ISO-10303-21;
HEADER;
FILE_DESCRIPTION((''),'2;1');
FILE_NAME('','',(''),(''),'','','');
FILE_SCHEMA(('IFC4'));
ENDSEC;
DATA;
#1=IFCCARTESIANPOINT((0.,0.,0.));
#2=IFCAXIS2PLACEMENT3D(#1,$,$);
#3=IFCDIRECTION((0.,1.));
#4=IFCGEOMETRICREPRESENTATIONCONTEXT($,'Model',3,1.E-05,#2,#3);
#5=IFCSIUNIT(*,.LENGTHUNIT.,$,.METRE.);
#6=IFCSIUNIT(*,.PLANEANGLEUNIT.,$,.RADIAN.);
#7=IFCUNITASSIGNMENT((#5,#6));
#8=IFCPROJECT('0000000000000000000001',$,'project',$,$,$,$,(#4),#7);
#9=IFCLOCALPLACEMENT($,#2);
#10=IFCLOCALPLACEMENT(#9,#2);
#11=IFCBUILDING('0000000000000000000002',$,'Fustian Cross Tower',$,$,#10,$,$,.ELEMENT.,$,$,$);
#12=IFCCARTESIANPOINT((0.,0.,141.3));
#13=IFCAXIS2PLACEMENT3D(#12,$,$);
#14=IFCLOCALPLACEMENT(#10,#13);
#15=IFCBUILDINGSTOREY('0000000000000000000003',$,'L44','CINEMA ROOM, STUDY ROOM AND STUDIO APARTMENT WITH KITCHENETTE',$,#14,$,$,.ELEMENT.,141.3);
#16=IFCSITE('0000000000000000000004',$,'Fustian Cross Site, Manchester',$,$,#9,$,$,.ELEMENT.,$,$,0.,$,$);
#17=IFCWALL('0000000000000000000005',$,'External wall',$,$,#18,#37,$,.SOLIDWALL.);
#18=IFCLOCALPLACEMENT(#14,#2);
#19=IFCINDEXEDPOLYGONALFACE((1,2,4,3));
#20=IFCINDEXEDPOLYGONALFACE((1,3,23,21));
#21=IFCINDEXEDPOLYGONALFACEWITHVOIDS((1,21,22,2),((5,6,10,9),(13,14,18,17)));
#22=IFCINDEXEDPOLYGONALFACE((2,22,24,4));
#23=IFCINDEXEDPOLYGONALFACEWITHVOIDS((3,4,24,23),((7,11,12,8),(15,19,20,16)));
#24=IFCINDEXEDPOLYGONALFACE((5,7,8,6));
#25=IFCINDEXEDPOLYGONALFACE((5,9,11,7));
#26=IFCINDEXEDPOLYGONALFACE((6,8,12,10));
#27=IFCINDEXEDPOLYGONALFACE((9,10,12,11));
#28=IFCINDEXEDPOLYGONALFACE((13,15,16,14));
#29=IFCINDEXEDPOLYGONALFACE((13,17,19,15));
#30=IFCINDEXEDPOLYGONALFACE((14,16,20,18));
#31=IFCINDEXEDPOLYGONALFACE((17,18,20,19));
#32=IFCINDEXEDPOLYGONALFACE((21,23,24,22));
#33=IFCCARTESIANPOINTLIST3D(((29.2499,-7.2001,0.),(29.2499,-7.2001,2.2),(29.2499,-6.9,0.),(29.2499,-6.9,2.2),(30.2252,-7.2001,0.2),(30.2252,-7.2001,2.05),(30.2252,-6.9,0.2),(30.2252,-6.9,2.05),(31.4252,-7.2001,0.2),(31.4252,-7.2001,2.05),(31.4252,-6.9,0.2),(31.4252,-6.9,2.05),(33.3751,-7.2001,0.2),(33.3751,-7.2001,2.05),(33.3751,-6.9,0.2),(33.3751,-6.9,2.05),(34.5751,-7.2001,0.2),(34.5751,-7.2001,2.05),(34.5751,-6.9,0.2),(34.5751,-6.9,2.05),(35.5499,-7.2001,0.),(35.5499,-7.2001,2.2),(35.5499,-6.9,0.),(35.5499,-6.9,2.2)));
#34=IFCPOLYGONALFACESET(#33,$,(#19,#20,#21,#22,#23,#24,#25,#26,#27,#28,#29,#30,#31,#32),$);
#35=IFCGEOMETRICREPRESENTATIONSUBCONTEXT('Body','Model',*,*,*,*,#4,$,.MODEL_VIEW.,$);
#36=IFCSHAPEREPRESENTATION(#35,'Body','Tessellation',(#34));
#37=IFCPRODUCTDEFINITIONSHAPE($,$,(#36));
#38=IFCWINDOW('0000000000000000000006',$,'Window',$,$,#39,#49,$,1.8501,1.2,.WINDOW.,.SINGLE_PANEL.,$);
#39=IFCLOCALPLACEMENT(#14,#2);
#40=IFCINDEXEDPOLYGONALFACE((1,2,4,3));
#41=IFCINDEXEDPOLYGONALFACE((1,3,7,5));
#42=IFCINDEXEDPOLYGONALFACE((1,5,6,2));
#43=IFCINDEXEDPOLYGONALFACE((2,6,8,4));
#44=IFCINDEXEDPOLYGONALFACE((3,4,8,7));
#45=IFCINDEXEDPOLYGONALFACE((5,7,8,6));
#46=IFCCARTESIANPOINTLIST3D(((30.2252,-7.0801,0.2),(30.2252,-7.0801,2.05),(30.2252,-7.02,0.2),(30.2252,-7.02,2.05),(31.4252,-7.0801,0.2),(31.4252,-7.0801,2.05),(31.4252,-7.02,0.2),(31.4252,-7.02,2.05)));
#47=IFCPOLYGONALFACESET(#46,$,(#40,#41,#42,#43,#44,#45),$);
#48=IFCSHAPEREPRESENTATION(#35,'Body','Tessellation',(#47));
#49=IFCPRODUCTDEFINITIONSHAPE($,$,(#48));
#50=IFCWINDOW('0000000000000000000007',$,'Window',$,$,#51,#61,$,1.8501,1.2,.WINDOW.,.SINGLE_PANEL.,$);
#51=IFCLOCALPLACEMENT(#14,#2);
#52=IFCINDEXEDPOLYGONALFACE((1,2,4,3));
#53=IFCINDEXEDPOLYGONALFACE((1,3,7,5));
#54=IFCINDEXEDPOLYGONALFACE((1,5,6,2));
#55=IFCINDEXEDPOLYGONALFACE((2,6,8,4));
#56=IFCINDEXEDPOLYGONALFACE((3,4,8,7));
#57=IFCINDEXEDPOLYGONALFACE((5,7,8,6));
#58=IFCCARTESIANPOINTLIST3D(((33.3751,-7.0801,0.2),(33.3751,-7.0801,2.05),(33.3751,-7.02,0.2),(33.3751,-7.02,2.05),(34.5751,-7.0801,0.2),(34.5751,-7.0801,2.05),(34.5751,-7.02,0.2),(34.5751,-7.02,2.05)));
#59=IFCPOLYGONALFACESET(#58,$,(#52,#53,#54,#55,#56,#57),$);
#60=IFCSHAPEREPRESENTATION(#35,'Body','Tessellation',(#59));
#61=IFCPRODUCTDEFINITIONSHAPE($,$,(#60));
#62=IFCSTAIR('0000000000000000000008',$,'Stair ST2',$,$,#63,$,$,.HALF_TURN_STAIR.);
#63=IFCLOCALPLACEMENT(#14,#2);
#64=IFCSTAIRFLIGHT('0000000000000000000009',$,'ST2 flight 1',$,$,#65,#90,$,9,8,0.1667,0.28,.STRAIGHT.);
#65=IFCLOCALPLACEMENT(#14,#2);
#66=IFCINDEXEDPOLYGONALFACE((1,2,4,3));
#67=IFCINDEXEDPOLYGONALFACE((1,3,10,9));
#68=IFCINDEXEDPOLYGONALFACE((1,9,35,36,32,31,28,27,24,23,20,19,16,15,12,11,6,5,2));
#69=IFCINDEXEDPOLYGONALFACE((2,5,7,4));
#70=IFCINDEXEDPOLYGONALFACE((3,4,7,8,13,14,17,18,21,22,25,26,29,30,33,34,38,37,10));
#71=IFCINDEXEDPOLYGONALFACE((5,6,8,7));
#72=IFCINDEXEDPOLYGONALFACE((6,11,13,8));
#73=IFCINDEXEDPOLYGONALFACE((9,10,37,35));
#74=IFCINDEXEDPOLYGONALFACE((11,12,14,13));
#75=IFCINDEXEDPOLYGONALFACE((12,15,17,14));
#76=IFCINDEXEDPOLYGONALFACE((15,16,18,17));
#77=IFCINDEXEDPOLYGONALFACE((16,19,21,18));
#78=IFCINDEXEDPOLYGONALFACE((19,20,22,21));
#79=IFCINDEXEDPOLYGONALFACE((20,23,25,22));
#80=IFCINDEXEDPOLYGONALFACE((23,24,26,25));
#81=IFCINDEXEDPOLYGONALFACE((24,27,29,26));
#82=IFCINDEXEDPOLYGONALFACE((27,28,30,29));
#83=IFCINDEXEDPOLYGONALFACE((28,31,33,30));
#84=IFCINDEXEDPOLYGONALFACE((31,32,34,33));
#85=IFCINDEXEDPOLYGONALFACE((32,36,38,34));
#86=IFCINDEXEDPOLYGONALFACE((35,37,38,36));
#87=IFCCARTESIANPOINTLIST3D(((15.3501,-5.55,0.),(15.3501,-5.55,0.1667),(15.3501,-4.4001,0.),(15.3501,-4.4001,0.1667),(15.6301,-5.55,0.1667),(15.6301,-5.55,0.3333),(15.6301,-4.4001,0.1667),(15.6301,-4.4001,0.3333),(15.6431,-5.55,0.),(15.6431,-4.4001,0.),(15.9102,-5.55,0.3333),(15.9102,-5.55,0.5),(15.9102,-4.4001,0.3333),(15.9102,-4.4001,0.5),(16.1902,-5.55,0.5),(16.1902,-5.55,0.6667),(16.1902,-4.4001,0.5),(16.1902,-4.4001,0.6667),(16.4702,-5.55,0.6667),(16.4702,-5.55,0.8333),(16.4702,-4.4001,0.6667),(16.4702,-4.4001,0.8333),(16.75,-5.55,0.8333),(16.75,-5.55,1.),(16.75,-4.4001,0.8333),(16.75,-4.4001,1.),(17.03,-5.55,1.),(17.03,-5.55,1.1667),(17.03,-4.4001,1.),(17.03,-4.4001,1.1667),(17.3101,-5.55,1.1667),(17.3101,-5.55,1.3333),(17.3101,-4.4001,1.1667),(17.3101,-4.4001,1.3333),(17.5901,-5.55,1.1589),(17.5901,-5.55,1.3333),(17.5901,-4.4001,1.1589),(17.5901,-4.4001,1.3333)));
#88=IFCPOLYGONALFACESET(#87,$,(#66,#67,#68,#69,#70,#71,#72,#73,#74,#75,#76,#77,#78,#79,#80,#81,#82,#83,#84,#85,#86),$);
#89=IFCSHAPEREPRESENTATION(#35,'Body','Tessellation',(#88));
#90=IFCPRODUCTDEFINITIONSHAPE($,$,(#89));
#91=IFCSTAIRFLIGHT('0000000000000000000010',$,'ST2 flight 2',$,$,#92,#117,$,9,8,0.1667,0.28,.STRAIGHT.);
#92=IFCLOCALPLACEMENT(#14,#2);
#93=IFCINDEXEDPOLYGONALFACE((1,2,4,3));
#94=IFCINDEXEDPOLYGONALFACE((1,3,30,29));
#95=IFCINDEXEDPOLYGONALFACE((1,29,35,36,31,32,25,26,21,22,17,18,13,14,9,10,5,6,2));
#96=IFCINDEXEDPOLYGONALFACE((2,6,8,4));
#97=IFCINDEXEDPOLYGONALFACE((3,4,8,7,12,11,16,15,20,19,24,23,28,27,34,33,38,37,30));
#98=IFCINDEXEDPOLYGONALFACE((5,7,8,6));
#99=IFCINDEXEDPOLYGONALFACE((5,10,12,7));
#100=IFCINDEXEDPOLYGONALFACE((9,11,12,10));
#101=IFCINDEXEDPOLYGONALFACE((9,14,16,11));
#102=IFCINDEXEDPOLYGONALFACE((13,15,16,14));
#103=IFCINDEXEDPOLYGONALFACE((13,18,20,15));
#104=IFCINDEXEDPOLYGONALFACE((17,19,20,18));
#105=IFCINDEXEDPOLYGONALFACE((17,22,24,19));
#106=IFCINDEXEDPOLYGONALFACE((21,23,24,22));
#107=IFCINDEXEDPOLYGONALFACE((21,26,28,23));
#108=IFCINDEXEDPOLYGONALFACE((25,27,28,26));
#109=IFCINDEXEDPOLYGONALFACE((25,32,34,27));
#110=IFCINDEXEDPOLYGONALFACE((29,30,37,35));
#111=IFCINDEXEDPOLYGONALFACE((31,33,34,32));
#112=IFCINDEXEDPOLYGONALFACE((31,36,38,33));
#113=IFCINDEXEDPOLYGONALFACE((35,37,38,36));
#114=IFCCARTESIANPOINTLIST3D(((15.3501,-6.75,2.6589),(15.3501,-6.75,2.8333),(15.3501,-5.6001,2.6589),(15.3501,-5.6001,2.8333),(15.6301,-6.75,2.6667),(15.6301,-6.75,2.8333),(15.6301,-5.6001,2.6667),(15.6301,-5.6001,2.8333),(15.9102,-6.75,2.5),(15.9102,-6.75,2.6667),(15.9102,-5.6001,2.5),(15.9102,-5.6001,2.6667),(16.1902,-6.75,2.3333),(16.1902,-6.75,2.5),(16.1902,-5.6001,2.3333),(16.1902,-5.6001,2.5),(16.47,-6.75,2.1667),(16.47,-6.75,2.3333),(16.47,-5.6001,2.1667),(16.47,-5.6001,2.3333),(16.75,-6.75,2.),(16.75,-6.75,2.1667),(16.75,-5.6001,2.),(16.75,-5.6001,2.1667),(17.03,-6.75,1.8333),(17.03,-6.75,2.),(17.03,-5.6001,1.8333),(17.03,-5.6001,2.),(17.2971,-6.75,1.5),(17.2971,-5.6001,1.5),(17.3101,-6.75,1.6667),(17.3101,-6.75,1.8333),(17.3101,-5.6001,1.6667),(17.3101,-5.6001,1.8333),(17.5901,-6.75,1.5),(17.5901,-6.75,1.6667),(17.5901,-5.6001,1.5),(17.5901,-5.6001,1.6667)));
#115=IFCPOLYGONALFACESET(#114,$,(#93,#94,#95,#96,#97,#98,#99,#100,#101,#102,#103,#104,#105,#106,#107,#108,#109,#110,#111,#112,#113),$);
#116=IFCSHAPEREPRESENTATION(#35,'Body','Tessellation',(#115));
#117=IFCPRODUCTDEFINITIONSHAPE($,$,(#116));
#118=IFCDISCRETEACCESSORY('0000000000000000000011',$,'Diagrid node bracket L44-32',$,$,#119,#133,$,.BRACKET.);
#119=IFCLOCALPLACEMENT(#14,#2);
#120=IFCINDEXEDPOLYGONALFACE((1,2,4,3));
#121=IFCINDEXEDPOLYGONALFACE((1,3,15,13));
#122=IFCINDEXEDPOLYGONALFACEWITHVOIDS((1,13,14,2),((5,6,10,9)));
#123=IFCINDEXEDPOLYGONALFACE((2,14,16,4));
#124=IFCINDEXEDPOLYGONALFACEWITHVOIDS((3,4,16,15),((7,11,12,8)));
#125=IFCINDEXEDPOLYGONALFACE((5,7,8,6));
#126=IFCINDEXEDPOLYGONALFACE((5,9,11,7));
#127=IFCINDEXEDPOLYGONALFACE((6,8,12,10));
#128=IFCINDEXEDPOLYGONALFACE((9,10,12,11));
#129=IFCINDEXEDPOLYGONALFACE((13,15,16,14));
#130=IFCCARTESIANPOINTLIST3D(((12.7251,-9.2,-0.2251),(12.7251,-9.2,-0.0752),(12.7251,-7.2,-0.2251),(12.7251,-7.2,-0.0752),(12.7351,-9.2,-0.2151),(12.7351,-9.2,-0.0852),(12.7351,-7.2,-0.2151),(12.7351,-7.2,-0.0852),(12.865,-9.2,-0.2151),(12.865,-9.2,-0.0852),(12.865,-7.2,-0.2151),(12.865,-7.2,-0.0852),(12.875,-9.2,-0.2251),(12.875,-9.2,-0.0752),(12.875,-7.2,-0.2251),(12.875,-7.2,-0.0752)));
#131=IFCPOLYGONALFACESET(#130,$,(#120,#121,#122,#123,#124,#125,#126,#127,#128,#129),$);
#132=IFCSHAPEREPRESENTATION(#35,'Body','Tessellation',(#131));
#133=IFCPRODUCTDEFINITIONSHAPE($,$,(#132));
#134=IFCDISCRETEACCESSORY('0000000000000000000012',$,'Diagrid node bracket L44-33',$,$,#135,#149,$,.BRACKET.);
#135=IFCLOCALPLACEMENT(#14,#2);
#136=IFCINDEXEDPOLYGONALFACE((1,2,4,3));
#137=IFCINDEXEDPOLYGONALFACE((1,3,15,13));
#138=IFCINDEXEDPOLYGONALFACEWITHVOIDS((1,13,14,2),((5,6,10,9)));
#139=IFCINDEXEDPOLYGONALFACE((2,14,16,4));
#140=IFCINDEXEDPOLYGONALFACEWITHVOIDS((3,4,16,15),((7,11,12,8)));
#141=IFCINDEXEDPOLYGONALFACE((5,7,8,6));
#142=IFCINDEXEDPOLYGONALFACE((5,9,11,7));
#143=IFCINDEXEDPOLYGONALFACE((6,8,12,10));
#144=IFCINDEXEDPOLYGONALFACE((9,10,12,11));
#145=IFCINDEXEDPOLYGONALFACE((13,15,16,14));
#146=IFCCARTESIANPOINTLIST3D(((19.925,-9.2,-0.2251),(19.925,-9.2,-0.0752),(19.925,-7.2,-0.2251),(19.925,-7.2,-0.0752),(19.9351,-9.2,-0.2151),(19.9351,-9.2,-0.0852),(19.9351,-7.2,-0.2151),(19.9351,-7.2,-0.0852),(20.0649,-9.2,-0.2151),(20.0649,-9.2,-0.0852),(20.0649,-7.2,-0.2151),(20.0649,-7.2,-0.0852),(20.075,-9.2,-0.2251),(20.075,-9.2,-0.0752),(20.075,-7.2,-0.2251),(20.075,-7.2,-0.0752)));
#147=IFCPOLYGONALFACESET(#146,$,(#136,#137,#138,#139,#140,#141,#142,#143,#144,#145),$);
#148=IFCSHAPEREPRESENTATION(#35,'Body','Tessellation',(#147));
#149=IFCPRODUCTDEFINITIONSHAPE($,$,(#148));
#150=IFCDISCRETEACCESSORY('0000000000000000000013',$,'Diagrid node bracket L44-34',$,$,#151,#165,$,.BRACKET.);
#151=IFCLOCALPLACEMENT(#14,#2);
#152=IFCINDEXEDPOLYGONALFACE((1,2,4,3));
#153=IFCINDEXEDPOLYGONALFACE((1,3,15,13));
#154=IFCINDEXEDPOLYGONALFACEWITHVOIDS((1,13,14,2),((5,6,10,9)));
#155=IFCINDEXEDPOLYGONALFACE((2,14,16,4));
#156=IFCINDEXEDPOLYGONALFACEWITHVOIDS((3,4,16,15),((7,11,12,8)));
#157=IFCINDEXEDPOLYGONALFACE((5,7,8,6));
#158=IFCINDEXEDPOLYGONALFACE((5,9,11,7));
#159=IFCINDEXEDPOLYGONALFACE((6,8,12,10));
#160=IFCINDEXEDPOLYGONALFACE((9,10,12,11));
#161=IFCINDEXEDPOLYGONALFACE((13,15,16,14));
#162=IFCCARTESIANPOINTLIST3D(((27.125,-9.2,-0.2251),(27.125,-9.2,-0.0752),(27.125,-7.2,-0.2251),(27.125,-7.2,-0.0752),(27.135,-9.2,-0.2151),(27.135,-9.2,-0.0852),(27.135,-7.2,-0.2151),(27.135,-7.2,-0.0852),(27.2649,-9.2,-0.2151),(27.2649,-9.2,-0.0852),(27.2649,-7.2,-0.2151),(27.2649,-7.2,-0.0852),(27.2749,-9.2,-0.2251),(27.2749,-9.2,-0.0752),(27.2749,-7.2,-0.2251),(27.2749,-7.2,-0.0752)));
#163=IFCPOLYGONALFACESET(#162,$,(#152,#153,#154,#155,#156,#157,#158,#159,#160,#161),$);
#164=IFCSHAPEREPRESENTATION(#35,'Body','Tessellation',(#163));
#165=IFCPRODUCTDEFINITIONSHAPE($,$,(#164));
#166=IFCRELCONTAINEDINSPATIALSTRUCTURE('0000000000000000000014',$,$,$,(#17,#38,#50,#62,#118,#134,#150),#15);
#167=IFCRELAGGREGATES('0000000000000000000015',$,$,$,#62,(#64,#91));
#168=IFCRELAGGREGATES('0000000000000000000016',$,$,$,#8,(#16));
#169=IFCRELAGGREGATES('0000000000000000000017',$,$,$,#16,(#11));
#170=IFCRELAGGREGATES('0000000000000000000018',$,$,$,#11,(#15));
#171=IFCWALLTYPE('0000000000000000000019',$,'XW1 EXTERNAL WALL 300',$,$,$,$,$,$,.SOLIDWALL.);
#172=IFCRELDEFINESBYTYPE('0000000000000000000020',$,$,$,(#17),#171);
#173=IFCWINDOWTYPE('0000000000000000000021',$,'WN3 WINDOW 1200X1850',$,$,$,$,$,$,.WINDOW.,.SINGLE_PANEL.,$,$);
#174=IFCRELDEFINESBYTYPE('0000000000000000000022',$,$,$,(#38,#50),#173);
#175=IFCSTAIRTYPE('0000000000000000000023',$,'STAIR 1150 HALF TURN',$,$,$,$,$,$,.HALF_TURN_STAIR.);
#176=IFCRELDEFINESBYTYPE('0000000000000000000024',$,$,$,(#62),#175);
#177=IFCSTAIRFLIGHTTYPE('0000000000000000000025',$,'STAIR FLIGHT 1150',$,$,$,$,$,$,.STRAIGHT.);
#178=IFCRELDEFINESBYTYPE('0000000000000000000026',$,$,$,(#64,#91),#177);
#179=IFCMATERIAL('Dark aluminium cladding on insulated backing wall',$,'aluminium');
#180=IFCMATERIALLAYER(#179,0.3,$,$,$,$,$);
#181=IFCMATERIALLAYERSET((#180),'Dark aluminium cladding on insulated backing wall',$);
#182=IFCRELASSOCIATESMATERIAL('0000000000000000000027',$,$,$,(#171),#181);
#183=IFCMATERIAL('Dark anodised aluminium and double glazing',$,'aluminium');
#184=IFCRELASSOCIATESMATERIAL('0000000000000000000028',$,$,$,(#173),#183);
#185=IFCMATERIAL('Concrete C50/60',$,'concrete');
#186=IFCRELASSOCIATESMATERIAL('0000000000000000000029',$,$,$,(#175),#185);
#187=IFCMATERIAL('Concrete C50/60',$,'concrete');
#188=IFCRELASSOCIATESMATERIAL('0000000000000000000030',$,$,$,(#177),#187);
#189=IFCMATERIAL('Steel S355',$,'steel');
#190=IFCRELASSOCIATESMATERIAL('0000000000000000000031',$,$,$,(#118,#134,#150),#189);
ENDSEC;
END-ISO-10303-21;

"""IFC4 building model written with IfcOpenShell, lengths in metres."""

from ifc_helpers import new_model, si_unit, direction, frame, frame_2d, origin, origin_2d, place, context, subcontext, project, spatial, polyline, rectangle, hollow_rectangle, outline, extrude, material, layer, layer_set, type_object, element, fill, aggregate, save


model = new_model("IFC4")

# Units and contexts
model_context = context("Model", 3, precision=1e-05, world=origin(), true_north=direction((0.0, 1.0)))
body_context = subcontext(model_context, "Body", "Model", "MODEL_VIEW")
ifc_project = project(units=[si_unit("LENGTHUNIT", "METRE"), si_unit("PLANEANGLEUNIT", "RADIAN")], contexts=[model_context])

# Site, building, storey
site_placement = place(None, origin())
site = spatial("IfcSite", under=ifc_project, at=site_placement, Name="Fustian Cross Site, Manchester", CompositionType="ELEMENT", RefElevation=0.0)
building_placement = place(site_placement, origin())
building = spatial("IfcBuilding", under=site, at=building_placement, Name="Fustian Cross Tower", CompositionType="ELEMENT")
storey_placement = place(building_placement, frame((0.0, 0.0, 141.3)))
storey = spatial("IfcBuildingStorey", under=building, at=storey_placement, Name="L44", Description="CINEMA ROOM, STUDY ROOM AND STUDIO APARTMENT WITH KITCHENETTE", CompositionType="ELEMENT", Elevation=141.3)

# Shared definitions
ifc_material_1 = material(Name="Dark aluminium cladding on insulated backing wall", Category="aluminium")
ifc_layer_1 = layer(ifc_material_1, 0.3)
ifc_layer_set_1 = layer_set([ifc_layer_1], Name="Dark aluminium cladding on insulated backing wall")
wall_type_1 = type_object("IfcWallType", Name="XW1 EXTERNAL WALL 300", PredefinedType="SOLIDWALL", material=ifc_layer_set_1)

# Wall, openings, windows
wall_1_placement = place(storey_placement, frame((29.25, -7.05, 0.0), z_axis=(0.0, 0.0, 1.0), x_axis=(1.0, 0.0, 0.0)))
wall_1 = element("IfcWall", 1, at=wall_1_placement, inside=storey, type_object=wall_type_1, Name="External wall", PredefinedType="SOLIDWALL", context=body_context, shape_type="SweptSolid", body=[
    extrude(rectangle(XDim=6.3, YDim=0.3, at=frame_2d((3.1499, 0.0))), origin(), (0.0, 0.0, 1.0), 2.2),
])
opening_1_placement = place(wall_1_placement, frame((0.9751, 0.0, 0.2)))
opening_1 = element("IfcOpeningElement", 2, at=opening_1_placement, cuts=wall_1, PredefinedType="OPENING", context=body_context, shape_type="SweptSolid", body=[
    extrude(rectangle(XDim=1.2, YDim=1.8501, at=frame_2d((0.6001, 0.925))), frame((0.0, 0.1599, 0.0), z_axis=(0.0, -1.0, 0.0), x_axis=(1.0, 0.0, 0.0)), (0.0, 0.0, 1.0), 0.3201),
])
opening_2_placement = place(wall_1_placement, frame((4.125, 0.0, 0.2)))
opening_2 = element("IfcOpeningElement", 3, at=opening_2_placement, cuts=wall_1, PredefinedType="OPENING", context=body_context, shape_type="SweptSolid", body=[
    extrude(rectangle(XDim=1.2, YDim=1.8501, at=frame_2d((0.6001, 0.925))), frame((0.0, 0.1599, 0.0), z_axis=(0.0, -1.0, 0.0), x_axis=(1.0, 0.0, 0.0)), (0.0, 0.0, 1.0), 0.3201),
])
ifc_material_2 = material(Name="Dark anodised aluminium and double glazing", Category="aluminium")
window_type = type_object("IfcWindowType", Name="WN3 WINDOW 1200X1850", PartitioningType="SINGLE_PANEL", PredefinedType="WINDOW", material=ifc_material_2)
window_1_placement = place(opening_1_placement, origin())
window_1 = element("IfcWindow", 4, at=window_1_placement, inside=storey, type_object=window_type, Name="Window", OverallHeight=1.8501, OverallWidth=1.2, PartitioningType="SINGLE_PANEL", PredefinedType="WINDOW", context=body_context, shape_type="SweptSolid", body=[
    extrude(rectangle(XDim=1.2, YDim=1.8501, at=frame_2d((0.6001, 0.925))), frame((0.0, 0.03, 0.0), z_axis=(0.0, -1.0, 0.0), x_axis=(1.0, 0.0, 0.0)), (0.0, 0.0, 1.0), 0.0601),
])
fill(opening_1, window_1)
window_2_placement = place(opening_2_placement, origin())
window_2 = element("IfcWindow", 5, at=window_2_placement, inside=storey, type_object=window_type, Name="Window", OverallHeight=1.8501, OverallWidth=1.2, PartitioningType="SINGLE_PANEL", PredefinedType="WINDOW", context=body_context, shape_type="SweptSolid", body=[
    extrude(rectangle(XDim=1.2, YDim=1.8501, at=frame_2d((0.6001, 0.925))), frame((0.0, 0.03, 0.0), z_axis=(0.0, -1.0, 0.0), x_axis=(1.0, 0.0, 0.0)), (0.0, 0.0, 1.0), 0.0601),
])
fill(opening_2, window_2)

# Stair, stair flights
ifc_material_3 = material(Name="Concrete C50/60", Category="concrete")
stair_type = type_object("IfcStairType", Name="STAIR 1150 HALF TURN", PredefinedType="HALF_TURN_STAIR", material=ifc_material_3)
stair_placement = place(storey_placement, origin())
stair = element("IfcStair", 6, at=stair_placement, inside=storey, type_object=stair_type, Name="Stair ST2", PredefinedType="HALF_TURN_STAIR")
ifc_material_4 = material(Name="Concrete C50/60", Category="concrete")
stair_flight_type = type_object("IfcStairFlightType", Name="STAIR FLIGHT 1150", PredefinedType="STRAIGHT", material=ifc_material_4)
stair_flight_1_placement = place(storey_placement, frame((15.3501, -4.9751, 0.0), z_axis=(0.0, 0.0, 1.0), x_axis=(1.0, 0.0, 0.0)))
stair_flight_1 = element("IfcStairFlight", 7, at=stair_flight_1_placement, type_object=stair_flight_type, Name="ST2 flight 1", NumberOfRisers=9, NumberOfTreads=8, PredefinedType="STRAIGHT", RiserHeight=0.1667, TreadLength=0.28, context=body_context, shape_type="SweptSolid", body=[
    extrude(outline(polyline([(0.0, 0.0), (0.0, 0.1667), (0.28, 0.1667), (0.28, 0.3333), (0.5601, 0.3333), (0.5601, 0.5), (0.8401, 0.5), (0.8401, 0.6667), (1.1201, 0.6667), (1.1201, 0.8333), (1.3999, 0.8333), (1.3999, 1.0), (1.6799, 1.0), (1.6799, 1.1667), (1.96, 1.1667), (1.96, 1.3333), (2.24, 1.3333), (2.24, 1.5), (2.24, 1.1589), (0.293, 0.0), (0.0, 0.0)])), frame((0.0, 0.575, 0.0), z_axis=(0.0, -1.0, 0.0), x_axis=(1.0, 0.0, 0.0)), (0.0, 0.0, 1.0), 1.1499),
])
stair_flight_2_placement = place(storey_placement, frame((17.5901, -6.175, 1.5), z_axis=(0.0, 0.0, 1.0), x_axis=(-1.0, 0.0, 0.0)))
stair_flight_2 = element("IfcStairFlight", 8, at=stair_flight_2_placement, type_object=stair_flight_type, Name="ST2 flight 2", NumberOfRisers=9, NumberOfTreads=8, PredefinedType="STRAIGHT", RiserHeight=0.1667, TreadLength=0.28, context=body_context, shape_type="SweptSolid", body=[
    extrude(outline(polyline([(0.0, 0.0), (0.0, 0.1667), (0.28, 0.1667), (0.28, 0.3333), (0.5601, 0.3333), (0.5601, 0.5), (0.8401, 0.5), (0.8401, 0.6667), (1.1201, 0.6667), (1.1201, 0.8333), (1.3999, 0.8333), (1.3999, 1.0), (1.6799, 1.0), (1.6799, 1.1667), (1.96, 1.1667), (1.96, 1.3333), (2.24, 1.3333), (2.24, 1.5), (2.24, 1.1589), (0.293, 0.0), (0.0, 0.0)])), frame((0.0, 0.575, 0.0), z_axis=(0.0, -1.0, 0.0), x_axis=(1.0, 0.0, 0.0)), (0.0, 0.0, 1.0), 1.1499),
])
aggregate(stair, [stair_flight_1, stair_flight_2])

# Discrete accessories
ifc_material_5 = material(Name="Steel S355", Category="steel")
for number, where, z_axis, x_axis, name in (
    (9, (12.8, -9.2, -0.1501), (0.0, 1.0, 0.0), (-1.0, 0.0, 0.0), "Diagrid node bracket L44-32"),
    (10, (20.0, -9.2, -0.1501), (0.0, 1.0, 0.0), (-1.0, 0.0, 0.0), "Diagrid node bracket L44-33"),
    (11, (27.2, -9.2, -0.1501), (0.0, 1.0, 0.0), (-1.0, 0.0, 0.0), "Diagrid node bracket L44-34"),
):
    element("IfcDiscreteAccessory", number, at=place(storey_placement, frame(where, z_axis=z_axis, x_axis=x_axis)), inside=storey, material=ifc_material_5, Name=name, PredefinedType="BRACKET", context=body_context, shape_type="SweptSolid", body=[
        extrude(hollow_rectangle(XDim=0.1499, YDim=0.1499, WallThickness=0.01, at=origin_2d()), origin(), (0.0, 0.0, 1.0), 2.0),
    ])

save(model, "model.ifc")
